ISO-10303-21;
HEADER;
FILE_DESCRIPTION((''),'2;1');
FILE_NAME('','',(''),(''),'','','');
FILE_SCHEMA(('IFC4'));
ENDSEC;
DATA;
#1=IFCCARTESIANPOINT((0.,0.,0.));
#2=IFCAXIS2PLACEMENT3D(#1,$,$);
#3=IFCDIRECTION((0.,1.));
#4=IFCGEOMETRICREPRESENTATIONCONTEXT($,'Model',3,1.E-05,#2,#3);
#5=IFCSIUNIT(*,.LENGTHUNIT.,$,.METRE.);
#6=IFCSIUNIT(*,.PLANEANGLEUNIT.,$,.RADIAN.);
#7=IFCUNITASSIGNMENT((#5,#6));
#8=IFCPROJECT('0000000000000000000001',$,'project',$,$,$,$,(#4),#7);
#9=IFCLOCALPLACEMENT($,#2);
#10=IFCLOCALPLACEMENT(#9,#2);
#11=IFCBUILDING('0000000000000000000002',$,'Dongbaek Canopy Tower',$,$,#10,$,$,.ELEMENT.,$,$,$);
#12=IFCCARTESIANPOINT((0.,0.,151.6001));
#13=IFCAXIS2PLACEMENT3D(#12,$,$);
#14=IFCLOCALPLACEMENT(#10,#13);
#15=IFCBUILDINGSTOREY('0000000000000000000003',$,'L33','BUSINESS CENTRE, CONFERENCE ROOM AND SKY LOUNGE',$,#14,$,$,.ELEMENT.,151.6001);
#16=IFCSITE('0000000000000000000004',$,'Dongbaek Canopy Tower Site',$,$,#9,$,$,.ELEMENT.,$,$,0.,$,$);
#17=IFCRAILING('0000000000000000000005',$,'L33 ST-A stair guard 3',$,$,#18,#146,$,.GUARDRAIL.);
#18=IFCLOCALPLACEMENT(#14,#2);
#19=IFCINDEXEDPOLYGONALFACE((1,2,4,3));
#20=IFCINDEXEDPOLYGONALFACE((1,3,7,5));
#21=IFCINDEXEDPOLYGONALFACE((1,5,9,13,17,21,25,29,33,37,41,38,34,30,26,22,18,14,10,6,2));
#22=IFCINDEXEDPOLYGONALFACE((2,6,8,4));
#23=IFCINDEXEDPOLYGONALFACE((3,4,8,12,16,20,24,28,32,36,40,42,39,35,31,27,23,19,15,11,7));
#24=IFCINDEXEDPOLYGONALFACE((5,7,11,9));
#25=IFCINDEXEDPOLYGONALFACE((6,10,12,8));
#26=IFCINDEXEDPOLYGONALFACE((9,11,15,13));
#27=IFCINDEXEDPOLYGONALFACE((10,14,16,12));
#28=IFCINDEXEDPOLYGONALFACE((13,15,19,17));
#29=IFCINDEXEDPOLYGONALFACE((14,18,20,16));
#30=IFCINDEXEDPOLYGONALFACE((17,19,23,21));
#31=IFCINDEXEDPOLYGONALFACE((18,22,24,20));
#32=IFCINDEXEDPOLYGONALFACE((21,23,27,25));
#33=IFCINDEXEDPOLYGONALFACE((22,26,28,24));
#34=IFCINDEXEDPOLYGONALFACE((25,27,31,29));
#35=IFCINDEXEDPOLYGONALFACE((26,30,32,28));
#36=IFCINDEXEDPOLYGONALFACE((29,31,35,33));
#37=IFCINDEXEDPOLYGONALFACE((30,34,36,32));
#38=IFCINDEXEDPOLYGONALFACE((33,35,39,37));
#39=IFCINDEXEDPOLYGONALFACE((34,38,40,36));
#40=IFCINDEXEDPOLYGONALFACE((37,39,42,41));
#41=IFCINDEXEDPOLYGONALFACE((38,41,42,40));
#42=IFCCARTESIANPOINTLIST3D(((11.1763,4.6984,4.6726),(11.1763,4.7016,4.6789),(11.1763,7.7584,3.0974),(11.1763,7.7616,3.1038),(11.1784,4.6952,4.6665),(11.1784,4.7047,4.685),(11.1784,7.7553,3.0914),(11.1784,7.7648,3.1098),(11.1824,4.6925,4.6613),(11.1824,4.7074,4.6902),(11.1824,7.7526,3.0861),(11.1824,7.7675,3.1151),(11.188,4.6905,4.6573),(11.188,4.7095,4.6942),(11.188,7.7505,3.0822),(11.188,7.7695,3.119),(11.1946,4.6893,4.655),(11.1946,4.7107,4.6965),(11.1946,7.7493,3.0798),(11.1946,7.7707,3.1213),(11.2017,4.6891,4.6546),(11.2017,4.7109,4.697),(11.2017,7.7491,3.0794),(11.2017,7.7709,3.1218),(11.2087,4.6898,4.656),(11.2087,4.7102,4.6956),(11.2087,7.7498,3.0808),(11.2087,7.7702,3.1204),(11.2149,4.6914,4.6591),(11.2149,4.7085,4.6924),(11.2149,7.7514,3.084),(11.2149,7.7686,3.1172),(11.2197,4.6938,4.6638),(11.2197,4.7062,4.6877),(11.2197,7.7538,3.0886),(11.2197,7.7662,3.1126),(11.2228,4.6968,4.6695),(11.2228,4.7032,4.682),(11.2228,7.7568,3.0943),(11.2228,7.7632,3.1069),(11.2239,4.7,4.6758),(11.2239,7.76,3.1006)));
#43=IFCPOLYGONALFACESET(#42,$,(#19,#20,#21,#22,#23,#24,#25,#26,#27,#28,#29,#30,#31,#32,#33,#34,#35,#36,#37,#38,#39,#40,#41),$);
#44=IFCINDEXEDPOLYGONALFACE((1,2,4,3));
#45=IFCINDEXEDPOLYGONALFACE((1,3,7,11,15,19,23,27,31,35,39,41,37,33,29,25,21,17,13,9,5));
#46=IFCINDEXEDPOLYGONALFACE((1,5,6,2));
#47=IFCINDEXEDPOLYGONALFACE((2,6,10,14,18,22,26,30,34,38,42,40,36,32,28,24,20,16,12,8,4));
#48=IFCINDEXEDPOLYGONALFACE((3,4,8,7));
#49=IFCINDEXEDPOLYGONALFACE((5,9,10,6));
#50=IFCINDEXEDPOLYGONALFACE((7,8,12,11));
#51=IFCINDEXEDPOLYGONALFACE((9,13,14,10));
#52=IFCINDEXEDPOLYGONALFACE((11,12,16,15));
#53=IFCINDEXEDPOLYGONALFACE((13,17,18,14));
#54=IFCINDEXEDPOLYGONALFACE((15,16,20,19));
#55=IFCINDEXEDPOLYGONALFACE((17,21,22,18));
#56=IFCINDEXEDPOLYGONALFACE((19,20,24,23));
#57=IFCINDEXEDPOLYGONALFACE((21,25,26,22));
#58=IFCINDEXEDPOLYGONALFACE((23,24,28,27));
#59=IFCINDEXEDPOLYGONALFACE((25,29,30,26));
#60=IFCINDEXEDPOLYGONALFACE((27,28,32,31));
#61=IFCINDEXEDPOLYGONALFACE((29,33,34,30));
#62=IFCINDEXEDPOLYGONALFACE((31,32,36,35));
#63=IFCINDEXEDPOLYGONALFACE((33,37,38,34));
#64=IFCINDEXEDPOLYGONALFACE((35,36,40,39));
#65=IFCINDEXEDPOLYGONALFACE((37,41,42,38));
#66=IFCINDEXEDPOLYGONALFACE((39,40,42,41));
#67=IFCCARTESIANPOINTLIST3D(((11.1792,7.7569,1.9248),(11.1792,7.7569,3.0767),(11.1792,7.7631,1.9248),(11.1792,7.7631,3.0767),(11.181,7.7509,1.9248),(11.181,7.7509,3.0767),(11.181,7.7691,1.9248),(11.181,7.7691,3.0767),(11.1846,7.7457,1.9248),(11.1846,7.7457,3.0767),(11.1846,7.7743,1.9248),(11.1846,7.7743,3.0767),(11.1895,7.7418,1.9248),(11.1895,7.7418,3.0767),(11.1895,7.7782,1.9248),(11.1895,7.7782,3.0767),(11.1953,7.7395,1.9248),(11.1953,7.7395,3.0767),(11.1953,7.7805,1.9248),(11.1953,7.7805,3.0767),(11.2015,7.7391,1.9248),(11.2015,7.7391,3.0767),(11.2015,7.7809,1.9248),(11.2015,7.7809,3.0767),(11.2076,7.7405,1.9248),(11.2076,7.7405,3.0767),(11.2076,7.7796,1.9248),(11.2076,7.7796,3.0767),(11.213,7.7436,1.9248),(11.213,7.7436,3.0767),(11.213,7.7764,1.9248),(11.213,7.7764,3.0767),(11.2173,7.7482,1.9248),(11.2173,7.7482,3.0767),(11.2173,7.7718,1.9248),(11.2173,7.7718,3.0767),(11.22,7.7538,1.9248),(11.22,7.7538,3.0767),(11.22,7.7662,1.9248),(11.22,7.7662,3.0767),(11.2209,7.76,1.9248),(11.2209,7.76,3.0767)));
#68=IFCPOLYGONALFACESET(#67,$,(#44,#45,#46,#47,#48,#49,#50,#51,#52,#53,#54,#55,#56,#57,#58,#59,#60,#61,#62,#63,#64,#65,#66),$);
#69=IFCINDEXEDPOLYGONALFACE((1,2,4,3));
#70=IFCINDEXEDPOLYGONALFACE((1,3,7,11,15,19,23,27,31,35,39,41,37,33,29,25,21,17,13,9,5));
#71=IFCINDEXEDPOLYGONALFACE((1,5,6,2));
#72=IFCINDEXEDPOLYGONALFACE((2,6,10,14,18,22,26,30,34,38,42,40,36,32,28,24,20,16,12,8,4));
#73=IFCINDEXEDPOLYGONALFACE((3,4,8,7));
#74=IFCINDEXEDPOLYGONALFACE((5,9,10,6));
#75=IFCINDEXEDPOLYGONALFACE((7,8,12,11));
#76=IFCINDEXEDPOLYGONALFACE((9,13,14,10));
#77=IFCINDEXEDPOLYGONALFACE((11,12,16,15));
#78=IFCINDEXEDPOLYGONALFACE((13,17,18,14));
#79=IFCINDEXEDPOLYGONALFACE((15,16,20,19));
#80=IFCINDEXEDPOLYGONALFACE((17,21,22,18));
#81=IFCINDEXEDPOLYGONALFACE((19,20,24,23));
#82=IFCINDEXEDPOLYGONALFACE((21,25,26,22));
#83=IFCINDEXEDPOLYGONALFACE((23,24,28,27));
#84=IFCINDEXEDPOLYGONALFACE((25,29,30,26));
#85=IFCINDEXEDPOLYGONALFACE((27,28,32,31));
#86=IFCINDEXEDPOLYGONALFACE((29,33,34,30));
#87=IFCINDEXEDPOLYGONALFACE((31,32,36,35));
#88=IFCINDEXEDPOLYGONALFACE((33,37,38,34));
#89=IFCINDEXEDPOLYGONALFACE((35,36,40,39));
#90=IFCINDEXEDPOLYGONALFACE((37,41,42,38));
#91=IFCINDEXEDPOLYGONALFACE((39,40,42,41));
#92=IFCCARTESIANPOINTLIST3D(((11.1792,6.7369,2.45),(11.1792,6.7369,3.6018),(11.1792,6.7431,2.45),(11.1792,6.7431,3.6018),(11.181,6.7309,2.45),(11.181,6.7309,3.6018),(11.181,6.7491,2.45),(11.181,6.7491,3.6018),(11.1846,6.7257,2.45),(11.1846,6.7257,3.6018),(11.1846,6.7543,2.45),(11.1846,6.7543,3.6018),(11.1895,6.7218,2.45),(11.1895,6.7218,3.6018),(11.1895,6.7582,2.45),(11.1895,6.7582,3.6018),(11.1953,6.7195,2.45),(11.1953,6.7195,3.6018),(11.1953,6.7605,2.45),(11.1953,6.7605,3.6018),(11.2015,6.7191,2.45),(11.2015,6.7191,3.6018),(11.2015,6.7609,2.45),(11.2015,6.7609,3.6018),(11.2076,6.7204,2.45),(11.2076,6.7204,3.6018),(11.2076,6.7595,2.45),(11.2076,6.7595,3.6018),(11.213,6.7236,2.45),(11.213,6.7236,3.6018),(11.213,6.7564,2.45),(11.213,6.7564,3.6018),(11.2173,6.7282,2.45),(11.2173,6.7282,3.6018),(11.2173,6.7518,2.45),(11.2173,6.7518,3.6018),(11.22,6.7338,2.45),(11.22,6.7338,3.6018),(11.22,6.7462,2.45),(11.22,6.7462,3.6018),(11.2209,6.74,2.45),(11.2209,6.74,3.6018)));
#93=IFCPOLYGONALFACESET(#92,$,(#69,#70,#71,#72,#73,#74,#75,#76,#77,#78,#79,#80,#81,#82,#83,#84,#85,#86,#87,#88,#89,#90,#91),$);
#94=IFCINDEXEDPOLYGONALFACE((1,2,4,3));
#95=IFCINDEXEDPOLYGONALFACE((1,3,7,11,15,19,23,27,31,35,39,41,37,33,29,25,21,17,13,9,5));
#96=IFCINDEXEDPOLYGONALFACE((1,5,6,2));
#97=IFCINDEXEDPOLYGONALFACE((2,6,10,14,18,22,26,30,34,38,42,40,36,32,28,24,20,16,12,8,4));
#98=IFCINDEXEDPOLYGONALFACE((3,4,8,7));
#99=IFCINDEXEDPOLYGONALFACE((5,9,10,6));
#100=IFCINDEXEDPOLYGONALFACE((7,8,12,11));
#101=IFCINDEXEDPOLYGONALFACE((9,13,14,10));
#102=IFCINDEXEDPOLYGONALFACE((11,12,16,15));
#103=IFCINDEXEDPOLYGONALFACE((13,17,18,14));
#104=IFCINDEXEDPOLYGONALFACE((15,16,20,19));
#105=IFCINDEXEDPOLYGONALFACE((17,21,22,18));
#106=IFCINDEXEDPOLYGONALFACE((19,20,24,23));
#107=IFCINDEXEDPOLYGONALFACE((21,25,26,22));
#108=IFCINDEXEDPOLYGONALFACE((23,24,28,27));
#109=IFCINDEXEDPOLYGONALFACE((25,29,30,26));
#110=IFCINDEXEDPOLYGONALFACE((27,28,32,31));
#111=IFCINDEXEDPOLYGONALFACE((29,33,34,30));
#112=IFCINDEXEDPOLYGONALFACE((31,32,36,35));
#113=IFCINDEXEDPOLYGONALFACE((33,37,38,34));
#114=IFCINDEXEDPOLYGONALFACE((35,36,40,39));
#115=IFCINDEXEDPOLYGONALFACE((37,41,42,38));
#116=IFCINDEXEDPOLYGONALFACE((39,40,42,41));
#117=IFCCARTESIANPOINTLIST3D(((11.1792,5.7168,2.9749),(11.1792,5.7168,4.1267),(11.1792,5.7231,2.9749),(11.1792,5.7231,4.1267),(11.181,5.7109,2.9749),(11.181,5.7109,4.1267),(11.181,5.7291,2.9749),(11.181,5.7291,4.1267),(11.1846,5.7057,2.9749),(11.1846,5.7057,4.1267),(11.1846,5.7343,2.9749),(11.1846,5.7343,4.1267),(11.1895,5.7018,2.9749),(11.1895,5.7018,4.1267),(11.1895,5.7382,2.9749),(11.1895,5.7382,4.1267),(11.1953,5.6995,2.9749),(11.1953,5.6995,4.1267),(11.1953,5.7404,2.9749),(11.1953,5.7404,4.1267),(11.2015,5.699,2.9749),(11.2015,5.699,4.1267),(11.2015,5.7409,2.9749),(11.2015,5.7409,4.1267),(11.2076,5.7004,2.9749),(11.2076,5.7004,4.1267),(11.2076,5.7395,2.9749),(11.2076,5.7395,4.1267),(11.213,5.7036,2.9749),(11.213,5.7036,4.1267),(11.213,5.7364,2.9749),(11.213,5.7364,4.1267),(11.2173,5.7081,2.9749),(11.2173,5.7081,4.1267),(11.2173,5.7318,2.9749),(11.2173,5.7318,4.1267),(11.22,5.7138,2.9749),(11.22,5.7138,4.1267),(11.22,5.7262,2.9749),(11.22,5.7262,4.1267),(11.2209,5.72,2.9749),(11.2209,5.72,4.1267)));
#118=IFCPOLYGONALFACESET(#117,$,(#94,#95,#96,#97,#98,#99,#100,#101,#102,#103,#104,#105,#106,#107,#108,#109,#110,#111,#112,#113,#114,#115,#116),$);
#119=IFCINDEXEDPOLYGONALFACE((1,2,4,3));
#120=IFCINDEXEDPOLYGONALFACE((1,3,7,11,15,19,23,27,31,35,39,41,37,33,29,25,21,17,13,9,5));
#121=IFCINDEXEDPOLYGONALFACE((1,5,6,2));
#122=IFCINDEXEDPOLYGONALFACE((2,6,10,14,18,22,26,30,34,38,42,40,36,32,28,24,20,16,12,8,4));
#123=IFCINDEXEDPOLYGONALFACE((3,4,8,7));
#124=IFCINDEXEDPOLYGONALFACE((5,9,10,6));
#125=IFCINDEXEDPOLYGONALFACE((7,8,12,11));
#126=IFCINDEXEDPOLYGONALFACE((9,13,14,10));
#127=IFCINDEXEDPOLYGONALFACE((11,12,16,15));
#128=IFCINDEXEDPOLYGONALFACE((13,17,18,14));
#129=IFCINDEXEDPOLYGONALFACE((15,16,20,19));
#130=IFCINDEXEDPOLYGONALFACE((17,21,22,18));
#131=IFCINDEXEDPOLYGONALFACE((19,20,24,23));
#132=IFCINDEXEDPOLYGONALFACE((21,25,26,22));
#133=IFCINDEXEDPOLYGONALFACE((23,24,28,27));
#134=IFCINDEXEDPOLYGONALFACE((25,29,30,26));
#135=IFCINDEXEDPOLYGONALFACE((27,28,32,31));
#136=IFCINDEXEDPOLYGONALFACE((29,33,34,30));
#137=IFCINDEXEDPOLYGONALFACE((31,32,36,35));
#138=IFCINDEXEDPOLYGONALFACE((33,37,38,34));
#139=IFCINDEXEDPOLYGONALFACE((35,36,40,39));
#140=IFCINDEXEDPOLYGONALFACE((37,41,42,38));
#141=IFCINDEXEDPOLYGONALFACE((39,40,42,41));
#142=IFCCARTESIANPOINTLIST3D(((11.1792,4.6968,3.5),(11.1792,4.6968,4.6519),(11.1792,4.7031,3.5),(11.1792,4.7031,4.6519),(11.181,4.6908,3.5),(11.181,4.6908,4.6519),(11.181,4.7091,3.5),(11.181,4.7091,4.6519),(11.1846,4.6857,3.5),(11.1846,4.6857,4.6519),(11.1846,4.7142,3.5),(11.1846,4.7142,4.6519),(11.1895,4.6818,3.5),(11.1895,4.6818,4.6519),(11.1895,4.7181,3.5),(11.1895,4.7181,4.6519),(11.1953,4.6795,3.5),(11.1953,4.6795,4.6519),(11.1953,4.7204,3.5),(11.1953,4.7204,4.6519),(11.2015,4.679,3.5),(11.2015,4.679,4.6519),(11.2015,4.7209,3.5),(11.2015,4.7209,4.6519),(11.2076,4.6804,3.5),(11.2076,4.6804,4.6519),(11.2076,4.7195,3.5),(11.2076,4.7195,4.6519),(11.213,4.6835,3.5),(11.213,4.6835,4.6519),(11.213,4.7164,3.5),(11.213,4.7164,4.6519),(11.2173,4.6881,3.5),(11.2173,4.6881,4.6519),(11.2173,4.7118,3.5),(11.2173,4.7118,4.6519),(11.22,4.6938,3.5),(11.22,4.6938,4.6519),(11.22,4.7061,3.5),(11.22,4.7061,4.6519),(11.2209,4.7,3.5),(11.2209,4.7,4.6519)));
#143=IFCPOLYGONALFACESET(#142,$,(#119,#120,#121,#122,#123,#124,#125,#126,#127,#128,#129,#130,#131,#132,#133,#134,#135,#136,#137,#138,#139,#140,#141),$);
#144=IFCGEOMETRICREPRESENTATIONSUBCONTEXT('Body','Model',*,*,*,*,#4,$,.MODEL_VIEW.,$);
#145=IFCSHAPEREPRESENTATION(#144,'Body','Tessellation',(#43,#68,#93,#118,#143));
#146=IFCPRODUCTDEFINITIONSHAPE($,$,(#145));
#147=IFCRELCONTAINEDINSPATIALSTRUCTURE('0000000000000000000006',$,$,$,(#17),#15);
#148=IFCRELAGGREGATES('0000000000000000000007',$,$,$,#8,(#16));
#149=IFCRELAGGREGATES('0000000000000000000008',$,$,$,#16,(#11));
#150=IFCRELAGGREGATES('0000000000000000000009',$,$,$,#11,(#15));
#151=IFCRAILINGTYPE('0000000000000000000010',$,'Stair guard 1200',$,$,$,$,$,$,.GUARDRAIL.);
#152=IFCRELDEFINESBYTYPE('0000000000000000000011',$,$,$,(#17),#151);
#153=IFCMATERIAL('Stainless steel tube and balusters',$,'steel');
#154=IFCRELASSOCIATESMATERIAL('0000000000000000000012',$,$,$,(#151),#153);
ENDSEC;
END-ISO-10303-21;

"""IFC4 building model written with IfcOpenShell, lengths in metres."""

from ifc_helpers import new_model, si_unit, direction, frame, origin, origin_2d, place, context, subcontext, project, spatial, circle, extrude, material, type_object, element, save


model = new_model("IFC4")

# Units and contexts
model_context = context("Model", 3, precision=1e-05, world=origin(), true_north=direction((0.0, 1.0)))
body_context = subcontext(model_context, "Body", "Model", "MODEL_VIEW")
ifc_project = project(units=[si_unit("LENGTHUNIT", "METRE"), si_unit("PLANEANGLEUNIT", "RADIAN")], contexts=[model_context])

# Site, building, storey
site_placement = place(None, origin())
site = spatial("IfcSite", under=ifc_project, at=site_placement, Name="Dongbaek Canopy Tower Site", CompositionType="ELEMENT", RefElevation=0.0)
building_placement = place(site_placement, origin())
building = spatial("IfcBuilding", under=site, at=building_placement, Name="Dongbaek Canopy Tower", CompositionType="ELEMENT")
storey_placement = place(building_placement, frame((0.0, 0.0, 151.6001)))
storey = spatial("IfcBuildingStorey", under=building, at=storey_placement, Name="L33", Description="BUSINESS CENTRE, CONFERENCE ROOM AND SKY LOUNGE", CompositionType="ELEMENT", Elevation=151.6001)

# Railing
ifc_material_1 = material(Name="Stainless steel tube and balusters", Category="steel")
railing_type_1 = type_object("IfcRailingType", Name="Stair guard 1200", PredefinedType="GUARDRAIL", material=ifc_material_1)
railing_1_placement = place(storey_placement, frame((11.2, 7.76, 1.9248)))
element("IfcRailing", 1, at=railing_1_placement, inside=storey, type_object=railing_type_1, Name="L33 ST-A stair guard 3", PredefinedType="GUARDRAIL", context=body_context, shape_type="SweptSolid", body=[
    extrude(circle(Radius=0.0239, at=origin_2d()), frame((0.0, 0.0, 1.1758), z_axis=(0.0, -0.889116, 0.457681), x_axis=(1.0, 0.0, 0.0)), (0.0, 0.0, 1.0), 3.4417),
    extrude(circle(Radius=0.021, at=origin_2d()), origin(), (0.0, 0.0, 1.0), 1.1519),
    extrude(circle(Radius=0.021, at=origin_2d()), frame((0.0, -1.02, 0.5251)), (0.0, 0.0, 1.0), 1.1519),
    extrude(circle(Radius=0.021, at=origin_2d()), frame((0.0, -2.04, 1.05)), (0.0, 0.0, 1.0), 1.1519),
    extrude(circle(Radius=0.021, at=origin_2d()), frame((0.0, -3.0601, 1.5752)), (0.0, 0.0, 1.0), 1.1519),
])

save(model, "model.ifc")
